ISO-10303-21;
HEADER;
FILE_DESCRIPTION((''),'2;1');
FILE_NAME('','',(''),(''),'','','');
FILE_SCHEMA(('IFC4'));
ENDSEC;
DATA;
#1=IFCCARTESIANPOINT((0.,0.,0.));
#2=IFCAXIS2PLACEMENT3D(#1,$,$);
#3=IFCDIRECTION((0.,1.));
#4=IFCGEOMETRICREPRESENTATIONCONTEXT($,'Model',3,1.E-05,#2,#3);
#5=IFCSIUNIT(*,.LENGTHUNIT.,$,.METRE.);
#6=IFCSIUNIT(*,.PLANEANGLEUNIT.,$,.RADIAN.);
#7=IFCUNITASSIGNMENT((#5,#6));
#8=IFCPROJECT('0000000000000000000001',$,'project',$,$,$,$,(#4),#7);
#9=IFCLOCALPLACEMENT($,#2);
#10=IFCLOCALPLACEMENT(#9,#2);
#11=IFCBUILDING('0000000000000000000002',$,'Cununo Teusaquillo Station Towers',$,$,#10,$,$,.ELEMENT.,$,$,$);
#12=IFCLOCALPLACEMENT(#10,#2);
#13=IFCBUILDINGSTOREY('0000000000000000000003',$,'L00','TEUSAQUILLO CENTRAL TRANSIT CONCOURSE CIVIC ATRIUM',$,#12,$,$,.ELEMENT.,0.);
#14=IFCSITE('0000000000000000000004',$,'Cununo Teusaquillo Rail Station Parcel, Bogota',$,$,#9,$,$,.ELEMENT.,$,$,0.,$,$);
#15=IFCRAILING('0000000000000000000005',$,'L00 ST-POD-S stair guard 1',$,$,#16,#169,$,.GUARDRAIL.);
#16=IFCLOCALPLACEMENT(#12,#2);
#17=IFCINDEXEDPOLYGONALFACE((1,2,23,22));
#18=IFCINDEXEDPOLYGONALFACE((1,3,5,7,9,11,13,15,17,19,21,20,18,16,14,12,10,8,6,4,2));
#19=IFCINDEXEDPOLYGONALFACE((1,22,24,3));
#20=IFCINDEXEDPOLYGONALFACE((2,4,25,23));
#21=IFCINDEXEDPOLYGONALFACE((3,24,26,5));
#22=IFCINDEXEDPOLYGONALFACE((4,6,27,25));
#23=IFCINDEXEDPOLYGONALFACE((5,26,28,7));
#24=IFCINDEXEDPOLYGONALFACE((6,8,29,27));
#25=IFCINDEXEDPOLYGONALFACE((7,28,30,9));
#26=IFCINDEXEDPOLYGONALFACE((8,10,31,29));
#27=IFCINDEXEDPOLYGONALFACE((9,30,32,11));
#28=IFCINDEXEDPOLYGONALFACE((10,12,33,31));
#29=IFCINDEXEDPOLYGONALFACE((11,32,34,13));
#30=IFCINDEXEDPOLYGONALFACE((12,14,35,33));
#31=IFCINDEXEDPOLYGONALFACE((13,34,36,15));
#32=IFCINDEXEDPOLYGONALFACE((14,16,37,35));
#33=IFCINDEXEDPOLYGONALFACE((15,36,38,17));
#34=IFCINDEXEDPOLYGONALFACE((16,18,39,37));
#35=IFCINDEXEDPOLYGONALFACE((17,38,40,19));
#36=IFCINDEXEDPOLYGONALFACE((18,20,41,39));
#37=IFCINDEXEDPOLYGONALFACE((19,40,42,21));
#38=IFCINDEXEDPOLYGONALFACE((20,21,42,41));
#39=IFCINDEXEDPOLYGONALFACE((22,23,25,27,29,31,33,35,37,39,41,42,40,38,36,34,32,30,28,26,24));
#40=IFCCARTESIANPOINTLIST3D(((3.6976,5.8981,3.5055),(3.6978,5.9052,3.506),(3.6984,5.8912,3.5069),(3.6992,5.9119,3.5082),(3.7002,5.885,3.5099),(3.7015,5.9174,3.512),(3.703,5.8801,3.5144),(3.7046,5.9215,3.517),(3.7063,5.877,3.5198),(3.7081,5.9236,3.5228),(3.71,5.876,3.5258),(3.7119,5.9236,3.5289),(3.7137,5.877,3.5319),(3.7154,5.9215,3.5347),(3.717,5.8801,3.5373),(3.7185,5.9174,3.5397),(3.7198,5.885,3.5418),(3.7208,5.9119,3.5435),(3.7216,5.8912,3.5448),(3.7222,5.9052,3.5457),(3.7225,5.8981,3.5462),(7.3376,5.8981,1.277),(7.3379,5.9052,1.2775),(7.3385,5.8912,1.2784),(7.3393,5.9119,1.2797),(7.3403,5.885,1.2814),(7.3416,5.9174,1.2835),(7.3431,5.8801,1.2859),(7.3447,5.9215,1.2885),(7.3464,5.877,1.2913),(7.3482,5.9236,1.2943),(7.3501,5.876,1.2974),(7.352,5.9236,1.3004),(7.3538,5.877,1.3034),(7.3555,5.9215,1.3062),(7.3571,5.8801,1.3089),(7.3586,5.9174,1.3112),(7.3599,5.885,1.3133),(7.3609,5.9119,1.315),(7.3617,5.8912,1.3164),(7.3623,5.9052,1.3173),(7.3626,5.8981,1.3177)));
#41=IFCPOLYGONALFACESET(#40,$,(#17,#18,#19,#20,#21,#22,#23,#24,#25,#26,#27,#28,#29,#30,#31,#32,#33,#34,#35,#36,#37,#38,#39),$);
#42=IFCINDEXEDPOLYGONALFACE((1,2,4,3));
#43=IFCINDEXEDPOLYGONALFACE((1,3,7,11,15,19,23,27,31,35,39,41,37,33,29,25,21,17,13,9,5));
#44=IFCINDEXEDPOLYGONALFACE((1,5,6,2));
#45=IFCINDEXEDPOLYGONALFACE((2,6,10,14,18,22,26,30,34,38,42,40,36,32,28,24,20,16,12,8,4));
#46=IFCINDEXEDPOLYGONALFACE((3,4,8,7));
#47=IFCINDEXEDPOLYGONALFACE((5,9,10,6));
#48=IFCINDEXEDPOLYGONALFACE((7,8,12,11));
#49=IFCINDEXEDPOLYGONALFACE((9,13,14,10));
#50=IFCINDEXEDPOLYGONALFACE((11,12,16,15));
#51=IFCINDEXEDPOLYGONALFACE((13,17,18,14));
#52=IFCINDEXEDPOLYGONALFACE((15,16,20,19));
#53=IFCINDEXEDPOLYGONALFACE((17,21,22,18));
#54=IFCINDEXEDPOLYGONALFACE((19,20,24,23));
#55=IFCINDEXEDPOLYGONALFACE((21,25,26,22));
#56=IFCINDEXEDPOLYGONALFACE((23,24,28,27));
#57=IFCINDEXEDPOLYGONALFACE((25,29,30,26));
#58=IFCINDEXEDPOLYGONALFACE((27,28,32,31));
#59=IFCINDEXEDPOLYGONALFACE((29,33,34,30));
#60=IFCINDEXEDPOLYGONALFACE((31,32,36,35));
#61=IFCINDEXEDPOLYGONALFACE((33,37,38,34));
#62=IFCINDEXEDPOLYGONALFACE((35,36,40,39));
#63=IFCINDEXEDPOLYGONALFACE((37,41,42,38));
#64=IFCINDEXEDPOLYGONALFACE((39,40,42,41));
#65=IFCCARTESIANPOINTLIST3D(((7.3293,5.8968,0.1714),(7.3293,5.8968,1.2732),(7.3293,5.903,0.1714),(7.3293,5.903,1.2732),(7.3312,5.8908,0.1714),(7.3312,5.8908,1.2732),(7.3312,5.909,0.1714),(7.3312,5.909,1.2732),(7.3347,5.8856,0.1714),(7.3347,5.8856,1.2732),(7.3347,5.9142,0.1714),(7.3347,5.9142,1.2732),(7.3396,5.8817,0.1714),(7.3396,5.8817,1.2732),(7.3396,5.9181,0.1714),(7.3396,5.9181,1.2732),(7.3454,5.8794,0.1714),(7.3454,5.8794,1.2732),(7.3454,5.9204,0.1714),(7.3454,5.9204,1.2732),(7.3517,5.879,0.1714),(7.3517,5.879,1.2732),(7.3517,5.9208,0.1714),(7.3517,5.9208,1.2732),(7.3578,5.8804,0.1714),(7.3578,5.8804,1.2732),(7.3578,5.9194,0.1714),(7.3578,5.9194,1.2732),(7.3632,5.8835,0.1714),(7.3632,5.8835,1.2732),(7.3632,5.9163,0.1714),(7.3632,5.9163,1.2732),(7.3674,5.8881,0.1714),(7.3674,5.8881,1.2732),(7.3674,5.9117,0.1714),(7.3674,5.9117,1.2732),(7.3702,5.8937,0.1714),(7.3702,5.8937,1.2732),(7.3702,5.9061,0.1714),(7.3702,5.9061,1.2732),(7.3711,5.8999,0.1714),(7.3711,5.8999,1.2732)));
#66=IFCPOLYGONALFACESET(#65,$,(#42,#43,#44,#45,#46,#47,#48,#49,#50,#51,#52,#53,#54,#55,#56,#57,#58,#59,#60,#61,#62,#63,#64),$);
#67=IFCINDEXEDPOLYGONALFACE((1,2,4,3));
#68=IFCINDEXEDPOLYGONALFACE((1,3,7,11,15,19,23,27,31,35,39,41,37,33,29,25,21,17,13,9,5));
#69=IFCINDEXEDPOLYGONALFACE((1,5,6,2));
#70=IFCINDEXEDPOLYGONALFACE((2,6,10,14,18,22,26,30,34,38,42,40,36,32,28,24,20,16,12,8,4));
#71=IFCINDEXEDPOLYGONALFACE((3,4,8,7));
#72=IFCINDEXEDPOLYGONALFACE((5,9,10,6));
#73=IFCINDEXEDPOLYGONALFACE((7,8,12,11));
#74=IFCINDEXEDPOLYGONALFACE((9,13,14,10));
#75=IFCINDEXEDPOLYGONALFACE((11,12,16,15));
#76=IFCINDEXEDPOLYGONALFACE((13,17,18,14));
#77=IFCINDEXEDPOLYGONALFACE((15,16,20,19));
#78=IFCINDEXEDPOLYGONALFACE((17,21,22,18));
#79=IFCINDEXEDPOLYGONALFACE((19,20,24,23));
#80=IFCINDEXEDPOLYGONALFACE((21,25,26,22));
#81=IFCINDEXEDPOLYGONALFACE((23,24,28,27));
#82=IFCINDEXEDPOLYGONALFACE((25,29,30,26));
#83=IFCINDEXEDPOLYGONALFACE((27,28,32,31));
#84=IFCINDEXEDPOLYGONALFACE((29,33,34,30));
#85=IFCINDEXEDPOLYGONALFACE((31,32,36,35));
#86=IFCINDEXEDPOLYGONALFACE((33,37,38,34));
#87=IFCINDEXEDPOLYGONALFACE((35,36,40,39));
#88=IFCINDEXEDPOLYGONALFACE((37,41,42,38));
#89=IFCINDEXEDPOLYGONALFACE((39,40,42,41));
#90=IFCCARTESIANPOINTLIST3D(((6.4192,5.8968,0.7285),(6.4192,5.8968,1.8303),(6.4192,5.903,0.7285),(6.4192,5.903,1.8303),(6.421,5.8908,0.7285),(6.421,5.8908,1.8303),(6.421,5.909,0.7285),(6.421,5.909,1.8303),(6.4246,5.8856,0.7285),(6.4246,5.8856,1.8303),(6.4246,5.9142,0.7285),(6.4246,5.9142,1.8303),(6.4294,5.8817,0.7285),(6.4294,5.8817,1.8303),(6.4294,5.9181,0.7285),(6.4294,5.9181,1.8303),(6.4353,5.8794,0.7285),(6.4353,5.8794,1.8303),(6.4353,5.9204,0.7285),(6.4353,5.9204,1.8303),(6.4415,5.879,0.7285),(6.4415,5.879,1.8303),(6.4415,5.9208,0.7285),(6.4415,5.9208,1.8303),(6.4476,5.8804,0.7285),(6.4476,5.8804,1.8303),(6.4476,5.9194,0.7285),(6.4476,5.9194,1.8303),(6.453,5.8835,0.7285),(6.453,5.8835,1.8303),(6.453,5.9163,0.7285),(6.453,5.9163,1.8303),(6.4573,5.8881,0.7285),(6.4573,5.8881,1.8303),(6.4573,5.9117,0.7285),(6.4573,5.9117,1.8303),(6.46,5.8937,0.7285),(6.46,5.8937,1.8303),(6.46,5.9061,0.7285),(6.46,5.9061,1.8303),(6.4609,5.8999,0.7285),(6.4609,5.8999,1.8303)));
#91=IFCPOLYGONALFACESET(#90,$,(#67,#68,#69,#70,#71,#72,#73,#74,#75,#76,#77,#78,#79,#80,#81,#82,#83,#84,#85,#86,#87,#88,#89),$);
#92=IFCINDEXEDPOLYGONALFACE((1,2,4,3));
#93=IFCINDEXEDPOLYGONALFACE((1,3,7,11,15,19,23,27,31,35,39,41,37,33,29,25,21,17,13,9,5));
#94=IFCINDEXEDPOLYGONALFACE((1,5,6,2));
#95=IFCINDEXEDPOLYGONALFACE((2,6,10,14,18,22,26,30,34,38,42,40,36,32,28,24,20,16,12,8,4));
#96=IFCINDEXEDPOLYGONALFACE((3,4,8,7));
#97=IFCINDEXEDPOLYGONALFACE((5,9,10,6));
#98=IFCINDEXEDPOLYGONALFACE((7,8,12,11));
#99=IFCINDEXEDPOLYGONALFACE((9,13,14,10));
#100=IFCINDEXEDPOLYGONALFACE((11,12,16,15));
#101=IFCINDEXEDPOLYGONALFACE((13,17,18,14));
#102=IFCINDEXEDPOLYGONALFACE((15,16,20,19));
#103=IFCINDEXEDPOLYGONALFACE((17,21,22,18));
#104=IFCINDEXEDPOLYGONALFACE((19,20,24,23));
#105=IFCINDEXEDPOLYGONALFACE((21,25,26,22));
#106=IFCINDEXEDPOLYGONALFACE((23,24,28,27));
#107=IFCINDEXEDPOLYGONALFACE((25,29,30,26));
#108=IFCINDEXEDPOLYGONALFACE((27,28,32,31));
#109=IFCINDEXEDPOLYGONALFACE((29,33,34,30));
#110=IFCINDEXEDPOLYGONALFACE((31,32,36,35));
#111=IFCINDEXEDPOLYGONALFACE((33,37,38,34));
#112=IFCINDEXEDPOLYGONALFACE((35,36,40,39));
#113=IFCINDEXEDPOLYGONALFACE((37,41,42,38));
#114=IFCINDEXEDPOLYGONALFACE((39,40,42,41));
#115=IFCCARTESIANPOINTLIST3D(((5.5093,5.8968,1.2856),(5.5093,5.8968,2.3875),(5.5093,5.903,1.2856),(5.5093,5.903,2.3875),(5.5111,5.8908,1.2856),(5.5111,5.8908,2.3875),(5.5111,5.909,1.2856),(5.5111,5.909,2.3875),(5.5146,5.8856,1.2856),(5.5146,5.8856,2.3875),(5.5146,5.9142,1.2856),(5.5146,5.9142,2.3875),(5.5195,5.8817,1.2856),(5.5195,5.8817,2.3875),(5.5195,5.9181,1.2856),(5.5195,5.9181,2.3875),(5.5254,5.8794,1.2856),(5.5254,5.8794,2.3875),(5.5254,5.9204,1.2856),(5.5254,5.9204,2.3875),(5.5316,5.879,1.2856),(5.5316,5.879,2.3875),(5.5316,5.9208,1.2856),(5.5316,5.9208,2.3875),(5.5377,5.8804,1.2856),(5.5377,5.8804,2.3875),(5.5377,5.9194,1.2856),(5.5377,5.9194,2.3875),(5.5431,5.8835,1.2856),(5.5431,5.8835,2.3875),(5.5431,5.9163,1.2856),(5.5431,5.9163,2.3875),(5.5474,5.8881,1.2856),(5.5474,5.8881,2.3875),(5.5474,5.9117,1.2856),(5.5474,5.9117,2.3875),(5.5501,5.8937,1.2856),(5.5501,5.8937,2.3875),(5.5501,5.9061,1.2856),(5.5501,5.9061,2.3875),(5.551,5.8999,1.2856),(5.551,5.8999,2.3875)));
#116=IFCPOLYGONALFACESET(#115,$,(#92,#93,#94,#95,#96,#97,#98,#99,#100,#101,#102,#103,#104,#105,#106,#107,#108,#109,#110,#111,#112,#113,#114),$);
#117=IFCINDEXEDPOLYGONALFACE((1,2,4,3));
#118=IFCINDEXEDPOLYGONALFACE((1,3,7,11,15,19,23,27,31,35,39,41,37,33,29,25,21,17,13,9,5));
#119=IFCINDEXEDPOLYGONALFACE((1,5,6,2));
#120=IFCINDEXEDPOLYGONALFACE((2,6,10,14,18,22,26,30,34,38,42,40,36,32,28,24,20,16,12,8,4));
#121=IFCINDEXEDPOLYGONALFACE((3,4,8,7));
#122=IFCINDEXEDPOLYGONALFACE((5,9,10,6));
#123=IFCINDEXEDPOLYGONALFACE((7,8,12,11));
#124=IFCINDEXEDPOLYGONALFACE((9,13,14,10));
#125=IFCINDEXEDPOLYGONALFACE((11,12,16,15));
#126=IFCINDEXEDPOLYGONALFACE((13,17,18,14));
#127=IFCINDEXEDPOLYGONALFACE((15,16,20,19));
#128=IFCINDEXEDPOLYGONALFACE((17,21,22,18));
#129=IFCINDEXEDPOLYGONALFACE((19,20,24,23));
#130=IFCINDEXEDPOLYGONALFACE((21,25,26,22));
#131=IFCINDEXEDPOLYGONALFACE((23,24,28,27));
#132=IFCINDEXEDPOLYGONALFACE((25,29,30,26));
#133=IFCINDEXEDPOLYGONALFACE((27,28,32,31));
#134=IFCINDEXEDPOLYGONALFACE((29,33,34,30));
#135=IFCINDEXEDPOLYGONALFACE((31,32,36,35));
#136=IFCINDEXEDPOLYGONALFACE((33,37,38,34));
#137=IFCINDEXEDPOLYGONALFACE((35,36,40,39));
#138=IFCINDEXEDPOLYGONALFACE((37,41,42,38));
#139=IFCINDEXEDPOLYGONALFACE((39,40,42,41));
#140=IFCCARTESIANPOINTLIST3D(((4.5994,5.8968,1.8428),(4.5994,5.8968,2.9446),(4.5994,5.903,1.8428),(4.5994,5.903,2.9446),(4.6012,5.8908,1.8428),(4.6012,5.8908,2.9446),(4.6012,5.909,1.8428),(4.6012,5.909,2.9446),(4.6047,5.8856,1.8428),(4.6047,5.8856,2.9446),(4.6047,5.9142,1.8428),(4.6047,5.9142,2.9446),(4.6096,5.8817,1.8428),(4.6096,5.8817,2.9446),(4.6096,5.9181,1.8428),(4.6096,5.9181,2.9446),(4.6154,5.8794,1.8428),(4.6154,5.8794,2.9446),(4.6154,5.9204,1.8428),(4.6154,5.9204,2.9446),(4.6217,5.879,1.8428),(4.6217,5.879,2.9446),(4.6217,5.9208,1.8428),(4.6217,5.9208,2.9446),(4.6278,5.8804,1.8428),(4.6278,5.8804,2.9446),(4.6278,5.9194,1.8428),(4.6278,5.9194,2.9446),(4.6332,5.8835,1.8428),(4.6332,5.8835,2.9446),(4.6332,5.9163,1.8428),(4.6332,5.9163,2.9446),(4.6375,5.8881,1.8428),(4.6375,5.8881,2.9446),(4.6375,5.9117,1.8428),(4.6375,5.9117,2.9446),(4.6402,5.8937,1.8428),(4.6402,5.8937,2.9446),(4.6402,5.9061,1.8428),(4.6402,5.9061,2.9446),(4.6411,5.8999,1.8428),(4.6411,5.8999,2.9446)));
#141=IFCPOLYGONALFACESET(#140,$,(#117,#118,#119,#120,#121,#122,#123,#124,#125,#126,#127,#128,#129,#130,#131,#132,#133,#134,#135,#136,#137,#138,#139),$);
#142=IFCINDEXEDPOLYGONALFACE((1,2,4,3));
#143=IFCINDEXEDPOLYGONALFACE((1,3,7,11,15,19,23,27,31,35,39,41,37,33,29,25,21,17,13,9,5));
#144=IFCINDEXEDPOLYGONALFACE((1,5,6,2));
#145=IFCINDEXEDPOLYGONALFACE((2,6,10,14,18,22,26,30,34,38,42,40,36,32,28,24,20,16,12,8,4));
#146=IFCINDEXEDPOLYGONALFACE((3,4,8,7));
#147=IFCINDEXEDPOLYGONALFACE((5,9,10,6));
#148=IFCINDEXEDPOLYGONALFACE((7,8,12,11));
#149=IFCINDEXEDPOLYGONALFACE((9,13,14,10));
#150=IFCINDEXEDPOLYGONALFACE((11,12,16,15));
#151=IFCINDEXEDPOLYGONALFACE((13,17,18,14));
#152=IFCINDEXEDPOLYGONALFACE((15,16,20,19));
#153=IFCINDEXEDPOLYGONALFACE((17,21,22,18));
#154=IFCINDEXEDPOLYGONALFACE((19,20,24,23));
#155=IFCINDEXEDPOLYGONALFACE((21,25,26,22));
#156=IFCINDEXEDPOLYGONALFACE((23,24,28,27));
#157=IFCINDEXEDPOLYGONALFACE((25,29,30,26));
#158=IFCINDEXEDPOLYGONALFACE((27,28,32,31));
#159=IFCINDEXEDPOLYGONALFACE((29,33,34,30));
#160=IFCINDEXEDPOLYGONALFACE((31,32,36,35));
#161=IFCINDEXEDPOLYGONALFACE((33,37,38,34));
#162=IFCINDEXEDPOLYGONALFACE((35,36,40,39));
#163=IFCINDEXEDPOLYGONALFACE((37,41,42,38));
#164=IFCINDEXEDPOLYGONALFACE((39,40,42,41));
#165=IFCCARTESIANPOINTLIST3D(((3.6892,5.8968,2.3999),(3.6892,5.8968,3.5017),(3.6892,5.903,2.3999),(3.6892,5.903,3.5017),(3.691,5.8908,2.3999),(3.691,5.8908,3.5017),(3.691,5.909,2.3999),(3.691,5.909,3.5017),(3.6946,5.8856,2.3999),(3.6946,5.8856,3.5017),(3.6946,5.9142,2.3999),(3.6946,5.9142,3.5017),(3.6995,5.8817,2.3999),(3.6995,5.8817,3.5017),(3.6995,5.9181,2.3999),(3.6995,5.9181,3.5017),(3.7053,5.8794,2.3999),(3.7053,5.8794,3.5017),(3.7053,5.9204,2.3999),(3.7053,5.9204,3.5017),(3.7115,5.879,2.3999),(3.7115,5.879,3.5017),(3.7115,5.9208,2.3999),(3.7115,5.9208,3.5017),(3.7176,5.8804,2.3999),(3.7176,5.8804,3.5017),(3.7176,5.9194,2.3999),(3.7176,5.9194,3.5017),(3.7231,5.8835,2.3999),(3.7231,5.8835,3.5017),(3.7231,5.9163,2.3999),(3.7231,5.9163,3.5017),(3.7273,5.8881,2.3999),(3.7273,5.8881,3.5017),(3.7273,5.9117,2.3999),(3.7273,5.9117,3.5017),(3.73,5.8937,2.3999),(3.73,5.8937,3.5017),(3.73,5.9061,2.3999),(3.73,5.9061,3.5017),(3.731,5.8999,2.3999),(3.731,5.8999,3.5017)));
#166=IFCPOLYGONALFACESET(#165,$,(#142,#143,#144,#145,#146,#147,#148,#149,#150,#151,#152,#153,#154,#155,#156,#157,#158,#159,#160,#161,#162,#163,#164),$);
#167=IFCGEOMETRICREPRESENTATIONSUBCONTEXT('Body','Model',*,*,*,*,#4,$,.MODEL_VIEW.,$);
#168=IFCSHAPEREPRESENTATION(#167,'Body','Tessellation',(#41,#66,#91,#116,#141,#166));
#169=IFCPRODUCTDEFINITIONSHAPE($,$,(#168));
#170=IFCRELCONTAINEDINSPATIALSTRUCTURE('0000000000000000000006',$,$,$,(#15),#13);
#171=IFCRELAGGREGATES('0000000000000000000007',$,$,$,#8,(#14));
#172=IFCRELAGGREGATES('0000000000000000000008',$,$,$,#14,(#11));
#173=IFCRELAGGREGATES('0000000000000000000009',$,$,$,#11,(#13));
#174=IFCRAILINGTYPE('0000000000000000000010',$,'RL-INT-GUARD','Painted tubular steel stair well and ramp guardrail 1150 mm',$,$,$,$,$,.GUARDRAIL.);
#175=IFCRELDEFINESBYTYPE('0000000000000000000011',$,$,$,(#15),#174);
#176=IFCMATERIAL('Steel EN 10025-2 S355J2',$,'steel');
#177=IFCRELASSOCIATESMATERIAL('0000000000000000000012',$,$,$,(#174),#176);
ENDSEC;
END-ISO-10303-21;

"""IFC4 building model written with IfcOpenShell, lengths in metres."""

from ifc_helpers import new_model, si_unit, direction, frame, origin, origin_2d, place, context, subcontext, project, spatial, circle, extrude, material, type_object, element, save


model = new_model("IFC4")

# Units and contexts
model_context = context("Model", 3, precision=1e-05, world=origin(), true_north=direction((0.0, 1.0)))
body_context = subcontext(model_context, "Body", "Model", "MODEL_VIEW")
ifc_project = project(units=[si_unit("LENGTHUNIT", "METRE"), si_unit("PLANEANGLEUNIT", "RADIAN")], contexts=[model_context])

# Site, building, storey
site_placement = place(None, origin())
site = spatial("IfcSite", under=ifc_project, at=site_placement, Name="Cununo Teusaquillo Rail Station Parcel, Bogota", CompositionType="ELEMENT", RefElevation=0.0)
building_placement = place(site_placement, origin())
building = spatial("IfcBuilding", under=site, at=building_placement, Name="Cununo Teusaquillo Station Towers", CompositionType="ELEMENT")
storey_placement = place(building_placement, origin())
storey = spatial("IfcBuildingStorey", under=building, at=storey_placement, Name="L00", Description="TEUSAQUILLO CENTRAL TRANSIT CONCOURSE CIVIC ATRIUM", CompositionType="ELEMENT", Elevation=0.0)

# Railing
ifc_material_1 = material(Name="Steel EN 10025-2 S355J2", Category="steel")
railing_type_1 = type_object("IfcRailingType", Name="RL-INT-GUARD", Description="Painted tubular steel stair well and ramp guardrail 1150 mm", PredefinedType="GUARDRAIL", material=ifc_material_1)
railing_1_placement = place(storey_placement, frame((7.3501, 5.8999, 0.1714)))
element("IfcRailing", 1, at=railing_1_placement, inside=storey, type_object=railing_type_1, Name="L00 ST-POD-S stair guard 1", PredefinedType="GUARDRAIL", context=body_context, shape_type="SweptSolid", body=[
    extrude(circle(Radius=0.0239, at=origin_2d()), frame((0.0, 0.0, 1.126), z_axis=(-0.852866, 0.0, 0.52213), x_axis=(0.0, -1.0, 0.0)), (0.0, 0.0, 1.0), 4.2681),
    extrude(circle(Radius=0.021, at=origin_2d()), origin(), (0.0, 0.0, 1.0), 1.1018),
    extrude(circle(Radius=0.021, at=origin_2d()), frame((-0.9102, 0.0, 0.5571)), (0.0, 0.0, 1.0), 1.1018),
    extrude(circle(Radius=0.021, at=origin_2d()), frame((-1.8201, 0.0, 1.1143)), (0.0, 0.0, 1.0), 1.1018),
    extrude(circle(Radius=0.021, at=origin_2d()), frame((-2.73, 0.0, 1.6714)), (0.0, 0.0, 1.0), 1.1018),
    extrude(circle(Radius=0.021, at=origin_2d()), frame((-3.6401, 0.0, 2.2285)), (0.0, 0.0, 1.0), 1.1018),
])

save(model, "model.ifc")
